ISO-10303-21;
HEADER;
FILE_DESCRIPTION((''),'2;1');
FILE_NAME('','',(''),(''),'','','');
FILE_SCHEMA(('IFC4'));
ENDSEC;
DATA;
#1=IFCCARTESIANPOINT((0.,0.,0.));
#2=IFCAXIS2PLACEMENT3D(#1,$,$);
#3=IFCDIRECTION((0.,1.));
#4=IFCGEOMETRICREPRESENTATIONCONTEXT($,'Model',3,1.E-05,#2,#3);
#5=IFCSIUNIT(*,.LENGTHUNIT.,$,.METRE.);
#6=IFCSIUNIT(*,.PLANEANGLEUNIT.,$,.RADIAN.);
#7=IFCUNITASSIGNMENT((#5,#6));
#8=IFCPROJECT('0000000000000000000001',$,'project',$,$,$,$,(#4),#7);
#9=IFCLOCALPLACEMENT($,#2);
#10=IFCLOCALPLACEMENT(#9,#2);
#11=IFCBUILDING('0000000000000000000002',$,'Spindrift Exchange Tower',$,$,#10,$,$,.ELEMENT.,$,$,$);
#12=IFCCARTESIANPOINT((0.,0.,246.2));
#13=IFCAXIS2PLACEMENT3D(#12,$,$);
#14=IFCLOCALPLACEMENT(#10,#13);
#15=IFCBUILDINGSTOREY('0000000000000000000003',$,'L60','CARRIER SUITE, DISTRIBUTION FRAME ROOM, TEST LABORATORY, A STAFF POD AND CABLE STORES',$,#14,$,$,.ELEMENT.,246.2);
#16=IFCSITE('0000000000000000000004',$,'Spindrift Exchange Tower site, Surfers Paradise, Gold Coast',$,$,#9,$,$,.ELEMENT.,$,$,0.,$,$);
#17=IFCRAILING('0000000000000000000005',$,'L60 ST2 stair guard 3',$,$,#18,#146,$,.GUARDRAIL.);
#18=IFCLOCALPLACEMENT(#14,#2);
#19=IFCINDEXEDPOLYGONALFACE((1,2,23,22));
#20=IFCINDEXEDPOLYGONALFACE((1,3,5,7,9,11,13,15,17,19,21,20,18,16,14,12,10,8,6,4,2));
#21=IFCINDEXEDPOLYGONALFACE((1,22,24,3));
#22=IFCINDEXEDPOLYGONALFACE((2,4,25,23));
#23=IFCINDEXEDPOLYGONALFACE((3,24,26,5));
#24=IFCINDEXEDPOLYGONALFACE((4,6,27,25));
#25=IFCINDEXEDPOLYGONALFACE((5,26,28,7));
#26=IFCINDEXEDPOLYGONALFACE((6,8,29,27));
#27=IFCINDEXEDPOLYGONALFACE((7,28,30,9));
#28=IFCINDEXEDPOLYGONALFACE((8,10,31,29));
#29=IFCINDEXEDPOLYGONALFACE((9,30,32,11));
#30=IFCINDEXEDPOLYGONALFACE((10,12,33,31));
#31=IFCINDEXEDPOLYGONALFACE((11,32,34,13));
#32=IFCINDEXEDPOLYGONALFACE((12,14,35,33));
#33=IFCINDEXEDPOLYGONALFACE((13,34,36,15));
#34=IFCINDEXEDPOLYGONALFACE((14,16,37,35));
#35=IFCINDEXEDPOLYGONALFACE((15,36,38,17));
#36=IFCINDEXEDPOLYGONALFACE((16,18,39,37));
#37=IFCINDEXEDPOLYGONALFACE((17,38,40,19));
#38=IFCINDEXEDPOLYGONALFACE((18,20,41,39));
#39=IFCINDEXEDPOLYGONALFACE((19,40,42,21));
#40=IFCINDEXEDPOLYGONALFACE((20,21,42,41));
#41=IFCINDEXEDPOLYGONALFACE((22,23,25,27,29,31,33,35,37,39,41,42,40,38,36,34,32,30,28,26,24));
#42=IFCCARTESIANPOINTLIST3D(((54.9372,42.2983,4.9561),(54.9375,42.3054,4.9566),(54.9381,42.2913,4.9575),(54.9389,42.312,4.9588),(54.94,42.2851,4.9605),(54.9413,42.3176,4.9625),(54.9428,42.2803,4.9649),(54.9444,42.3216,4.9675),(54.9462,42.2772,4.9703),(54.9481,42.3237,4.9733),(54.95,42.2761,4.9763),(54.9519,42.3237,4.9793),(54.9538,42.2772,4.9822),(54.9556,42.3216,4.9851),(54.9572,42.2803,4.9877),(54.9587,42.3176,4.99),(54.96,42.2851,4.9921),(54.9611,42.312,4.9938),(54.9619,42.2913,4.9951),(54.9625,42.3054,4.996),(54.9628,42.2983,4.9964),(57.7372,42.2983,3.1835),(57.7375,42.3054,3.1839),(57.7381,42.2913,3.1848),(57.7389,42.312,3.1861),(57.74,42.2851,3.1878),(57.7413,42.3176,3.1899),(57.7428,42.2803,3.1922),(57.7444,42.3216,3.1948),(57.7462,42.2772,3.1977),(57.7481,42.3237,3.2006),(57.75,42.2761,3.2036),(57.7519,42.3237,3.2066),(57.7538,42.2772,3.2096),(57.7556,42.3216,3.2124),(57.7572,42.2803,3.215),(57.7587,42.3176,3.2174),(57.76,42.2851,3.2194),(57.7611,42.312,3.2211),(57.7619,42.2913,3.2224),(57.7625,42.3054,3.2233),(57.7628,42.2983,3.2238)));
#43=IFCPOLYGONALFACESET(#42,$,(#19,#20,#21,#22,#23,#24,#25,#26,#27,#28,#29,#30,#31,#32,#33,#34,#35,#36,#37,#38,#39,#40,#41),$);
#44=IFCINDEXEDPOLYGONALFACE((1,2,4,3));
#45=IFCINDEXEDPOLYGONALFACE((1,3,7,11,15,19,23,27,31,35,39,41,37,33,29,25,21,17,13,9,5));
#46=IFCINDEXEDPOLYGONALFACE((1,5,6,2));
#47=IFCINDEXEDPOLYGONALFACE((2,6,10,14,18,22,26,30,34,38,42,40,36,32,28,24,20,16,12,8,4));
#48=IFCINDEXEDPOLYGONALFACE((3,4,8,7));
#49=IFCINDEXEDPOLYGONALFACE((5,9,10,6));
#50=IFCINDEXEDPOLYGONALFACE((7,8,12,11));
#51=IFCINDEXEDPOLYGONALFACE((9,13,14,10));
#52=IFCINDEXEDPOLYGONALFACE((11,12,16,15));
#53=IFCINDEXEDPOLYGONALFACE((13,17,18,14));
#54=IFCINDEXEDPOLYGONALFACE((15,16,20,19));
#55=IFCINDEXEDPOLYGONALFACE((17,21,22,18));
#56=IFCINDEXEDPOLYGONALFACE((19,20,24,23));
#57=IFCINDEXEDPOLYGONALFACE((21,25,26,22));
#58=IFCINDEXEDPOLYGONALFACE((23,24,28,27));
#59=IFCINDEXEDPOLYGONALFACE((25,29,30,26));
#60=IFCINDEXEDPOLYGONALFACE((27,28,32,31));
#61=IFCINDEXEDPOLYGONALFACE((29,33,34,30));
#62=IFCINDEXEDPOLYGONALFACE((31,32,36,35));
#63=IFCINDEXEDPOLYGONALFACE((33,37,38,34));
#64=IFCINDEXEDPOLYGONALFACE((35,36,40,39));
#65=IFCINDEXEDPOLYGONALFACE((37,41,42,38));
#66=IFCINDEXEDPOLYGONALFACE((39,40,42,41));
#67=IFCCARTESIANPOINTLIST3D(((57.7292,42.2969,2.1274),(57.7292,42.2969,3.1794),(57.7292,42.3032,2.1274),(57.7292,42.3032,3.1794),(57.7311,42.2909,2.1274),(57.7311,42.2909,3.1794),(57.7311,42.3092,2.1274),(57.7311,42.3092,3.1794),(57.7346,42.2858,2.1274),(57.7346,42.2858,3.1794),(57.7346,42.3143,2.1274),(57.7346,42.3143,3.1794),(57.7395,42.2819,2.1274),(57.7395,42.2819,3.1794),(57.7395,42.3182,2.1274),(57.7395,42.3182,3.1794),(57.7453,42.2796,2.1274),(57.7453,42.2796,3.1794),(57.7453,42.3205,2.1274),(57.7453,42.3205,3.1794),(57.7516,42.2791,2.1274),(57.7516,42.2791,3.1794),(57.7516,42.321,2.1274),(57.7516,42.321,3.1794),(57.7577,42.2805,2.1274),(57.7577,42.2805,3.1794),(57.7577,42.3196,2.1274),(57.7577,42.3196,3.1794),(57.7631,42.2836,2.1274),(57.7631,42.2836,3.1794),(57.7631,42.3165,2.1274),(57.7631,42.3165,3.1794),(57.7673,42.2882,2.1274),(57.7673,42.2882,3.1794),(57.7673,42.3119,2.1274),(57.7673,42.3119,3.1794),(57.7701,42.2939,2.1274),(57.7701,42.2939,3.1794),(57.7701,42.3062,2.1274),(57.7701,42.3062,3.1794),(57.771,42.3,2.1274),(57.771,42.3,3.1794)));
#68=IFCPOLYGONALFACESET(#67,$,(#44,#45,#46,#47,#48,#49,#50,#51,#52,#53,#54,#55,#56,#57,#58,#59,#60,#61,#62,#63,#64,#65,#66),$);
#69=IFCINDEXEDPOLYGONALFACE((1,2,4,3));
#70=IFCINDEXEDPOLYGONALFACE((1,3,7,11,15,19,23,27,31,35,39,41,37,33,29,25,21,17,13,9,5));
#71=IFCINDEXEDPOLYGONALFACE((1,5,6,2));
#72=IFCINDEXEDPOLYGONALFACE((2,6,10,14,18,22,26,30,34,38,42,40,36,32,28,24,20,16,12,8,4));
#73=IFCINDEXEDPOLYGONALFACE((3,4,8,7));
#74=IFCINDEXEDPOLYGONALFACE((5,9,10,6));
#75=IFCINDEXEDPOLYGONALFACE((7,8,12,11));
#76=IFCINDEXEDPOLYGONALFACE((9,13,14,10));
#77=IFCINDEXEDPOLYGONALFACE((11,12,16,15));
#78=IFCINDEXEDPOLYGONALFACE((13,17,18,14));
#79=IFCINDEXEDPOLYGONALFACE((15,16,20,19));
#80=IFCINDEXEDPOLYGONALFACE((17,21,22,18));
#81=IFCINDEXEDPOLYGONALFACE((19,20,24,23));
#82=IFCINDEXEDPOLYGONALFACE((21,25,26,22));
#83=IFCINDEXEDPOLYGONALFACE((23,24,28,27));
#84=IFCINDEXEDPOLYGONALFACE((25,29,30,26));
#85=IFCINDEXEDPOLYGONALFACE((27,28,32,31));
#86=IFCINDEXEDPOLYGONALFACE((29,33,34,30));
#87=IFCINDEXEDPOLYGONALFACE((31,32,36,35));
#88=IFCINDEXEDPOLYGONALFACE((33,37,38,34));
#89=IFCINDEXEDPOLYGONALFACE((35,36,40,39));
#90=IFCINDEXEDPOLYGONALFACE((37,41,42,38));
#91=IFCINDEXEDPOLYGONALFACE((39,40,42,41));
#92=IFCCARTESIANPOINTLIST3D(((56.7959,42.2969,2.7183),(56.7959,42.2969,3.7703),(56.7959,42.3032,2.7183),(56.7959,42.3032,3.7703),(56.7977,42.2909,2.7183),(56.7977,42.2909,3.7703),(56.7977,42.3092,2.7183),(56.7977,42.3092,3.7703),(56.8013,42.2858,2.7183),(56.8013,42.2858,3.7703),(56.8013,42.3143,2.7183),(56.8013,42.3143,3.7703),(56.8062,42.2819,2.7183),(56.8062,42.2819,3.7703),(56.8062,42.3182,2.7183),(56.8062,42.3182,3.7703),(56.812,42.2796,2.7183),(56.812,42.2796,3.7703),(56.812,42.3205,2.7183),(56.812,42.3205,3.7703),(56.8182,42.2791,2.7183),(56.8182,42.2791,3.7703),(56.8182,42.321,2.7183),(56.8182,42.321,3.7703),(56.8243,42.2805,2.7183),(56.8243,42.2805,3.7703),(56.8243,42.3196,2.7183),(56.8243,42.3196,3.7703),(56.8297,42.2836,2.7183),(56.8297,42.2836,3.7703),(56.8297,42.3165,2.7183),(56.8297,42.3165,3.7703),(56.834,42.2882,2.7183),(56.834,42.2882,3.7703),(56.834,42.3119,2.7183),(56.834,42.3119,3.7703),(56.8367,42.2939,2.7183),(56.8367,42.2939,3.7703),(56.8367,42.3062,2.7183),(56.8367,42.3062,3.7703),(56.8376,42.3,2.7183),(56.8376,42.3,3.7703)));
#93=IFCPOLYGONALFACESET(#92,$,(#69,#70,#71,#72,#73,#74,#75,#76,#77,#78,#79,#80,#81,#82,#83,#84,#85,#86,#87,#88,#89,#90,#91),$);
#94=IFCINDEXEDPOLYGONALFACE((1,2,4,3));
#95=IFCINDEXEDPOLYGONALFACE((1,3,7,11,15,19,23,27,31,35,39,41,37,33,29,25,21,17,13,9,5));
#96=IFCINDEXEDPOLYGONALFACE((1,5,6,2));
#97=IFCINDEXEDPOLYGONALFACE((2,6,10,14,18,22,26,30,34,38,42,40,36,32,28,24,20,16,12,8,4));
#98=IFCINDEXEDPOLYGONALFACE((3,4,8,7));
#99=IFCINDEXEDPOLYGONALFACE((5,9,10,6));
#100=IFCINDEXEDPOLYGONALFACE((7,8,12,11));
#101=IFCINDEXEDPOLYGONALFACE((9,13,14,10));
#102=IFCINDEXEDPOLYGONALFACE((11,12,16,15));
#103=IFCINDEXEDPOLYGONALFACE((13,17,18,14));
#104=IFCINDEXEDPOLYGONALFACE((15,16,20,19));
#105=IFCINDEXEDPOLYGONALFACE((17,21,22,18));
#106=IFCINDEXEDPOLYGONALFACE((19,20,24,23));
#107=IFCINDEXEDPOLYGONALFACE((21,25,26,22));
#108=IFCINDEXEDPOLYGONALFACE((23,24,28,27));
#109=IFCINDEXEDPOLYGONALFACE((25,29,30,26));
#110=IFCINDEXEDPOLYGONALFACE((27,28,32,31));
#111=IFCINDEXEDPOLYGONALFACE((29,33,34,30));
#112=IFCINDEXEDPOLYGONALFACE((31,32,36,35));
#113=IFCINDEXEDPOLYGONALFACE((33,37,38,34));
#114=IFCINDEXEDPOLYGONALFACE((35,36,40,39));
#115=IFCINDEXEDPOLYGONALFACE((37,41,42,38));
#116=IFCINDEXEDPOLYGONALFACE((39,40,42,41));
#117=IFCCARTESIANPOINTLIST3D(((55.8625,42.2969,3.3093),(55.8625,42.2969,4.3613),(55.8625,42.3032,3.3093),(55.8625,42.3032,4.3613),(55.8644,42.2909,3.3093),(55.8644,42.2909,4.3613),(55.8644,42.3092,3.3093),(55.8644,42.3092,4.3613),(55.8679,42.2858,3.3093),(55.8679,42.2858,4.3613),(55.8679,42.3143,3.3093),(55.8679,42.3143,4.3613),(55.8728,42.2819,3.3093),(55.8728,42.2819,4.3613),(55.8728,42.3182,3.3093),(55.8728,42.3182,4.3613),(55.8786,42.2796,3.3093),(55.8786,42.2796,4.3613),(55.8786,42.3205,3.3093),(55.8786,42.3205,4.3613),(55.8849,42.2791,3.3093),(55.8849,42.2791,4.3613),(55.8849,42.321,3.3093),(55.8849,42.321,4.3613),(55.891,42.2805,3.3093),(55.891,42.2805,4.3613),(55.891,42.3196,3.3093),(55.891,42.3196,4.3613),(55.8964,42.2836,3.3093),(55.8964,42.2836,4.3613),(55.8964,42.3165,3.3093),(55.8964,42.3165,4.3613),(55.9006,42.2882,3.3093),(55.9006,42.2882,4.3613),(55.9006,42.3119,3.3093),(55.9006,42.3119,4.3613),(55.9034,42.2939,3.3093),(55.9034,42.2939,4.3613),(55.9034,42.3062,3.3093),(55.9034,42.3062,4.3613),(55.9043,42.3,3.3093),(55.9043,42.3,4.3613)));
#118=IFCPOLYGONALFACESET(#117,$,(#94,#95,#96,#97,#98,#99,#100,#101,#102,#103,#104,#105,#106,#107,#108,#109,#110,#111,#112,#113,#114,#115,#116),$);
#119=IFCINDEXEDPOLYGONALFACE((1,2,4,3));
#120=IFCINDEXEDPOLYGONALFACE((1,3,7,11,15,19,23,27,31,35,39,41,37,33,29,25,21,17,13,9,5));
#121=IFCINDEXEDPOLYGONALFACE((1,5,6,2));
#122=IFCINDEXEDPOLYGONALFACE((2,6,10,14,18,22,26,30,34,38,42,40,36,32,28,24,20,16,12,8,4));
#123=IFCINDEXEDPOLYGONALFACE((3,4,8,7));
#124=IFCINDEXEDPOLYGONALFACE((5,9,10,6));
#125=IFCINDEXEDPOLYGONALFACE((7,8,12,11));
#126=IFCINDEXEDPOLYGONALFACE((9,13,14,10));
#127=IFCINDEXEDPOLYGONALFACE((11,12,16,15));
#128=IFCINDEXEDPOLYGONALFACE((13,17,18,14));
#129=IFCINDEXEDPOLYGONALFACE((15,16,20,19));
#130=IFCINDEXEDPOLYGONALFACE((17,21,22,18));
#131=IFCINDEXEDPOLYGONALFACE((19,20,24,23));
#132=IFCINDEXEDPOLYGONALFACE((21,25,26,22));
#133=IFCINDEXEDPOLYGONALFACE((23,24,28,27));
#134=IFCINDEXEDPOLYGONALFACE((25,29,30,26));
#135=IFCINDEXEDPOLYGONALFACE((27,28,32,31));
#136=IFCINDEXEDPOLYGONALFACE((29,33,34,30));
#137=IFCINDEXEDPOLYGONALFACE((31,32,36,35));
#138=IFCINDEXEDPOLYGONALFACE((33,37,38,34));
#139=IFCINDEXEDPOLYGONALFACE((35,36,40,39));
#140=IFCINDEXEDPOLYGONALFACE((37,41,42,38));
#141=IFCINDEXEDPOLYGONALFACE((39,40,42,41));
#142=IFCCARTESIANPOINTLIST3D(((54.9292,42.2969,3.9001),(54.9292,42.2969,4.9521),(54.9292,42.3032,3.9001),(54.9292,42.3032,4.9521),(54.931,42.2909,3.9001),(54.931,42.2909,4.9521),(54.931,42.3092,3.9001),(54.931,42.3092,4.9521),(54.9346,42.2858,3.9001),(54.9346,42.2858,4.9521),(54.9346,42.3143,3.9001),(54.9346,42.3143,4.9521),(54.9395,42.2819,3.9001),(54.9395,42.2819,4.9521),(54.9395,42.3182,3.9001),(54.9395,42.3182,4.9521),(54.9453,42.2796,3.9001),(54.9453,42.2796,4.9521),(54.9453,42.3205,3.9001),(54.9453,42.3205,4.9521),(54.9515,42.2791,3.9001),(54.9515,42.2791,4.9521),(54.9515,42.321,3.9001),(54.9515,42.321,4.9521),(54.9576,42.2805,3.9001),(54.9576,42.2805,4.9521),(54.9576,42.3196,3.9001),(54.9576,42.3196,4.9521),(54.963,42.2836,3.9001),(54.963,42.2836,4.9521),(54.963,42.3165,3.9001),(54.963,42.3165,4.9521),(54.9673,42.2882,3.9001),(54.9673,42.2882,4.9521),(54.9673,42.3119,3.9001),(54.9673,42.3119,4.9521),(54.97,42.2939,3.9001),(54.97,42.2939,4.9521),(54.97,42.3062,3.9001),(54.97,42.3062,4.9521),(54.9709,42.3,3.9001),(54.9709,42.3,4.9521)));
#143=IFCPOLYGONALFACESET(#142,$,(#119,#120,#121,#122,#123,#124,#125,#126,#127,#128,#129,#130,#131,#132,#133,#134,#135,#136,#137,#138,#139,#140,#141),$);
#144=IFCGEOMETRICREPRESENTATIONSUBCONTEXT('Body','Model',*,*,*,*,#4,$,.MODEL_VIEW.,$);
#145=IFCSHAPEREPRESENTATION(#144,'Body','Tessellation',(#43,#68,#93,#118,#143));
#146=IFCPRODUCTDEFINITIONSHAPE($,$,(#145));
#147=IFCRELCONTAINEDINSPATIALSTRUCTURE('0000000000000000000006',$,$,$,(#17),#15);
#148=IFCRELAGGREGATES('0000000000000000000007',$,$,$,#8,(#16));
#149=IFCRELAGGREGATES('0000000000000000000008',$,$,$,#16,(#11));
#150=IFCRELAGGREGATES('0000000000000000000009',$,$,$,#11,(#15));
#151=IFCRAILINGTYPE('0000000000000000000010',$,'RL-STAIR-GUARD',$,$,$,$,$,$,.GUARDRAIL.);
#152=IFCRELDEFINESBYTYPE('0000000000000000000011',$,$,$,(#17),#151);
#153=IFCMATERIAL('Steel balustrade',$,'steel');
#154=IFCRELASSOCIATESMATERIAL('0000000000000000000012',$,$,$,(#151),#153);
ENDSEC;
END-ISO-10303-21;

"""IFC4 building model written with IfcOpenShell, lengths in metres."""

from ifc_helpers import new_model, si_unit, direction, frame, origin, origin_2d, place, context, subcontext, project, spatial, circle, extrude, material, type_object, element, save


model = new_model("IFC4")

# Units and contexts
model_context = context("Model", 3, precision=1e-05, world=origin(), true_north=direction((0.0, 1.0)))
body_context = subcontext(model_context, "Body", "Model", "MODEL_VIEW")
ifc_project = project(units=[si_unit("LENGTHUNIT", "METRE"), si_unit("PLANEANGLEUNIT", "RADIAN")], contexts=[model_context])

# Site, building, storey
site_placement = place(None, origin())
site = spatial("IfcSite", under=ifc_project, at=site_placement, Name="Spindrift Exchange Tower site, Surfers Paradise, Gold Coast", CompositionType="ELEMENT", RefElevation=0.0)
building_placement = place(site_placement, origin())
building = spatial("IfcBuilding", under=site, at=building_placement, Name="Spindrift Exchange Tower", CompositionType="ELEMENT")
storey_placement = place(building_placement, frame((0.0, 0.0, 246.2)))
storey = spatial("IfcBuildingStorey", under=building, at=storey_placement, Name="L60", Description="CARRIER SUITE, DISTRIBUTION FRAME ROOM, TEST LABORATORY, A STAFF POD AND CABLE STORES", CompositionType="ELEMENT", Elevation=246.2)

# Railing
ifc_material_1 = material(Name="Steel balustrade", Category="steel")
railing_type_1 = type_object("IfcRailingType", Name="RL-STAIR-GUARD", PredefinedType="GUARDRAIL", material=ifc_material_1)
railing_1_placement = place(storey_placement, frame((57.75, 42.3, 2.1274)))
element("IfcRailing", 1, at=railing_1_placement, inside=storey, type_object=railing_type_1, Name="L60 ST2 stair guard 3", PredefinedType="GUARDRAIL", context=body_context, shape_type="SweptSolid", body=[
    extrude(circle(Radius=0.0239, at=origin_2d()), frame((0.0, 0.0, 1.0762), z_axis=(-0.844909, 0.0, 0.53491), x_axis=(0.0, -1.0, 0.0)), (0.0, 0.0, 1.0), 3.314),
    extrude(circle(Radius=0.021, at=origin_2d()), origin(), (0.0, 0.0, 1.0), 1.052),
    extrude(circle(Radius=0.021, at=origin_2d()), frame((-0.9333, 0.0, 0.5908)), (0.0, 0.0, 1.0), 1.052),
    extrude(circle(Radius=0.021, at=origin_2d()), frame((-1.8667, 0.0, 1.1819)), (0.0, 0.0, 1.0), 1.052),
    extrude(circle(Radius=0.021, at=origin_2d()), frame((-2.8, 0.0, 1.7727)), (0.0, 0.0, 1.0), 1.052),
])

save(model, "model.ifc")
